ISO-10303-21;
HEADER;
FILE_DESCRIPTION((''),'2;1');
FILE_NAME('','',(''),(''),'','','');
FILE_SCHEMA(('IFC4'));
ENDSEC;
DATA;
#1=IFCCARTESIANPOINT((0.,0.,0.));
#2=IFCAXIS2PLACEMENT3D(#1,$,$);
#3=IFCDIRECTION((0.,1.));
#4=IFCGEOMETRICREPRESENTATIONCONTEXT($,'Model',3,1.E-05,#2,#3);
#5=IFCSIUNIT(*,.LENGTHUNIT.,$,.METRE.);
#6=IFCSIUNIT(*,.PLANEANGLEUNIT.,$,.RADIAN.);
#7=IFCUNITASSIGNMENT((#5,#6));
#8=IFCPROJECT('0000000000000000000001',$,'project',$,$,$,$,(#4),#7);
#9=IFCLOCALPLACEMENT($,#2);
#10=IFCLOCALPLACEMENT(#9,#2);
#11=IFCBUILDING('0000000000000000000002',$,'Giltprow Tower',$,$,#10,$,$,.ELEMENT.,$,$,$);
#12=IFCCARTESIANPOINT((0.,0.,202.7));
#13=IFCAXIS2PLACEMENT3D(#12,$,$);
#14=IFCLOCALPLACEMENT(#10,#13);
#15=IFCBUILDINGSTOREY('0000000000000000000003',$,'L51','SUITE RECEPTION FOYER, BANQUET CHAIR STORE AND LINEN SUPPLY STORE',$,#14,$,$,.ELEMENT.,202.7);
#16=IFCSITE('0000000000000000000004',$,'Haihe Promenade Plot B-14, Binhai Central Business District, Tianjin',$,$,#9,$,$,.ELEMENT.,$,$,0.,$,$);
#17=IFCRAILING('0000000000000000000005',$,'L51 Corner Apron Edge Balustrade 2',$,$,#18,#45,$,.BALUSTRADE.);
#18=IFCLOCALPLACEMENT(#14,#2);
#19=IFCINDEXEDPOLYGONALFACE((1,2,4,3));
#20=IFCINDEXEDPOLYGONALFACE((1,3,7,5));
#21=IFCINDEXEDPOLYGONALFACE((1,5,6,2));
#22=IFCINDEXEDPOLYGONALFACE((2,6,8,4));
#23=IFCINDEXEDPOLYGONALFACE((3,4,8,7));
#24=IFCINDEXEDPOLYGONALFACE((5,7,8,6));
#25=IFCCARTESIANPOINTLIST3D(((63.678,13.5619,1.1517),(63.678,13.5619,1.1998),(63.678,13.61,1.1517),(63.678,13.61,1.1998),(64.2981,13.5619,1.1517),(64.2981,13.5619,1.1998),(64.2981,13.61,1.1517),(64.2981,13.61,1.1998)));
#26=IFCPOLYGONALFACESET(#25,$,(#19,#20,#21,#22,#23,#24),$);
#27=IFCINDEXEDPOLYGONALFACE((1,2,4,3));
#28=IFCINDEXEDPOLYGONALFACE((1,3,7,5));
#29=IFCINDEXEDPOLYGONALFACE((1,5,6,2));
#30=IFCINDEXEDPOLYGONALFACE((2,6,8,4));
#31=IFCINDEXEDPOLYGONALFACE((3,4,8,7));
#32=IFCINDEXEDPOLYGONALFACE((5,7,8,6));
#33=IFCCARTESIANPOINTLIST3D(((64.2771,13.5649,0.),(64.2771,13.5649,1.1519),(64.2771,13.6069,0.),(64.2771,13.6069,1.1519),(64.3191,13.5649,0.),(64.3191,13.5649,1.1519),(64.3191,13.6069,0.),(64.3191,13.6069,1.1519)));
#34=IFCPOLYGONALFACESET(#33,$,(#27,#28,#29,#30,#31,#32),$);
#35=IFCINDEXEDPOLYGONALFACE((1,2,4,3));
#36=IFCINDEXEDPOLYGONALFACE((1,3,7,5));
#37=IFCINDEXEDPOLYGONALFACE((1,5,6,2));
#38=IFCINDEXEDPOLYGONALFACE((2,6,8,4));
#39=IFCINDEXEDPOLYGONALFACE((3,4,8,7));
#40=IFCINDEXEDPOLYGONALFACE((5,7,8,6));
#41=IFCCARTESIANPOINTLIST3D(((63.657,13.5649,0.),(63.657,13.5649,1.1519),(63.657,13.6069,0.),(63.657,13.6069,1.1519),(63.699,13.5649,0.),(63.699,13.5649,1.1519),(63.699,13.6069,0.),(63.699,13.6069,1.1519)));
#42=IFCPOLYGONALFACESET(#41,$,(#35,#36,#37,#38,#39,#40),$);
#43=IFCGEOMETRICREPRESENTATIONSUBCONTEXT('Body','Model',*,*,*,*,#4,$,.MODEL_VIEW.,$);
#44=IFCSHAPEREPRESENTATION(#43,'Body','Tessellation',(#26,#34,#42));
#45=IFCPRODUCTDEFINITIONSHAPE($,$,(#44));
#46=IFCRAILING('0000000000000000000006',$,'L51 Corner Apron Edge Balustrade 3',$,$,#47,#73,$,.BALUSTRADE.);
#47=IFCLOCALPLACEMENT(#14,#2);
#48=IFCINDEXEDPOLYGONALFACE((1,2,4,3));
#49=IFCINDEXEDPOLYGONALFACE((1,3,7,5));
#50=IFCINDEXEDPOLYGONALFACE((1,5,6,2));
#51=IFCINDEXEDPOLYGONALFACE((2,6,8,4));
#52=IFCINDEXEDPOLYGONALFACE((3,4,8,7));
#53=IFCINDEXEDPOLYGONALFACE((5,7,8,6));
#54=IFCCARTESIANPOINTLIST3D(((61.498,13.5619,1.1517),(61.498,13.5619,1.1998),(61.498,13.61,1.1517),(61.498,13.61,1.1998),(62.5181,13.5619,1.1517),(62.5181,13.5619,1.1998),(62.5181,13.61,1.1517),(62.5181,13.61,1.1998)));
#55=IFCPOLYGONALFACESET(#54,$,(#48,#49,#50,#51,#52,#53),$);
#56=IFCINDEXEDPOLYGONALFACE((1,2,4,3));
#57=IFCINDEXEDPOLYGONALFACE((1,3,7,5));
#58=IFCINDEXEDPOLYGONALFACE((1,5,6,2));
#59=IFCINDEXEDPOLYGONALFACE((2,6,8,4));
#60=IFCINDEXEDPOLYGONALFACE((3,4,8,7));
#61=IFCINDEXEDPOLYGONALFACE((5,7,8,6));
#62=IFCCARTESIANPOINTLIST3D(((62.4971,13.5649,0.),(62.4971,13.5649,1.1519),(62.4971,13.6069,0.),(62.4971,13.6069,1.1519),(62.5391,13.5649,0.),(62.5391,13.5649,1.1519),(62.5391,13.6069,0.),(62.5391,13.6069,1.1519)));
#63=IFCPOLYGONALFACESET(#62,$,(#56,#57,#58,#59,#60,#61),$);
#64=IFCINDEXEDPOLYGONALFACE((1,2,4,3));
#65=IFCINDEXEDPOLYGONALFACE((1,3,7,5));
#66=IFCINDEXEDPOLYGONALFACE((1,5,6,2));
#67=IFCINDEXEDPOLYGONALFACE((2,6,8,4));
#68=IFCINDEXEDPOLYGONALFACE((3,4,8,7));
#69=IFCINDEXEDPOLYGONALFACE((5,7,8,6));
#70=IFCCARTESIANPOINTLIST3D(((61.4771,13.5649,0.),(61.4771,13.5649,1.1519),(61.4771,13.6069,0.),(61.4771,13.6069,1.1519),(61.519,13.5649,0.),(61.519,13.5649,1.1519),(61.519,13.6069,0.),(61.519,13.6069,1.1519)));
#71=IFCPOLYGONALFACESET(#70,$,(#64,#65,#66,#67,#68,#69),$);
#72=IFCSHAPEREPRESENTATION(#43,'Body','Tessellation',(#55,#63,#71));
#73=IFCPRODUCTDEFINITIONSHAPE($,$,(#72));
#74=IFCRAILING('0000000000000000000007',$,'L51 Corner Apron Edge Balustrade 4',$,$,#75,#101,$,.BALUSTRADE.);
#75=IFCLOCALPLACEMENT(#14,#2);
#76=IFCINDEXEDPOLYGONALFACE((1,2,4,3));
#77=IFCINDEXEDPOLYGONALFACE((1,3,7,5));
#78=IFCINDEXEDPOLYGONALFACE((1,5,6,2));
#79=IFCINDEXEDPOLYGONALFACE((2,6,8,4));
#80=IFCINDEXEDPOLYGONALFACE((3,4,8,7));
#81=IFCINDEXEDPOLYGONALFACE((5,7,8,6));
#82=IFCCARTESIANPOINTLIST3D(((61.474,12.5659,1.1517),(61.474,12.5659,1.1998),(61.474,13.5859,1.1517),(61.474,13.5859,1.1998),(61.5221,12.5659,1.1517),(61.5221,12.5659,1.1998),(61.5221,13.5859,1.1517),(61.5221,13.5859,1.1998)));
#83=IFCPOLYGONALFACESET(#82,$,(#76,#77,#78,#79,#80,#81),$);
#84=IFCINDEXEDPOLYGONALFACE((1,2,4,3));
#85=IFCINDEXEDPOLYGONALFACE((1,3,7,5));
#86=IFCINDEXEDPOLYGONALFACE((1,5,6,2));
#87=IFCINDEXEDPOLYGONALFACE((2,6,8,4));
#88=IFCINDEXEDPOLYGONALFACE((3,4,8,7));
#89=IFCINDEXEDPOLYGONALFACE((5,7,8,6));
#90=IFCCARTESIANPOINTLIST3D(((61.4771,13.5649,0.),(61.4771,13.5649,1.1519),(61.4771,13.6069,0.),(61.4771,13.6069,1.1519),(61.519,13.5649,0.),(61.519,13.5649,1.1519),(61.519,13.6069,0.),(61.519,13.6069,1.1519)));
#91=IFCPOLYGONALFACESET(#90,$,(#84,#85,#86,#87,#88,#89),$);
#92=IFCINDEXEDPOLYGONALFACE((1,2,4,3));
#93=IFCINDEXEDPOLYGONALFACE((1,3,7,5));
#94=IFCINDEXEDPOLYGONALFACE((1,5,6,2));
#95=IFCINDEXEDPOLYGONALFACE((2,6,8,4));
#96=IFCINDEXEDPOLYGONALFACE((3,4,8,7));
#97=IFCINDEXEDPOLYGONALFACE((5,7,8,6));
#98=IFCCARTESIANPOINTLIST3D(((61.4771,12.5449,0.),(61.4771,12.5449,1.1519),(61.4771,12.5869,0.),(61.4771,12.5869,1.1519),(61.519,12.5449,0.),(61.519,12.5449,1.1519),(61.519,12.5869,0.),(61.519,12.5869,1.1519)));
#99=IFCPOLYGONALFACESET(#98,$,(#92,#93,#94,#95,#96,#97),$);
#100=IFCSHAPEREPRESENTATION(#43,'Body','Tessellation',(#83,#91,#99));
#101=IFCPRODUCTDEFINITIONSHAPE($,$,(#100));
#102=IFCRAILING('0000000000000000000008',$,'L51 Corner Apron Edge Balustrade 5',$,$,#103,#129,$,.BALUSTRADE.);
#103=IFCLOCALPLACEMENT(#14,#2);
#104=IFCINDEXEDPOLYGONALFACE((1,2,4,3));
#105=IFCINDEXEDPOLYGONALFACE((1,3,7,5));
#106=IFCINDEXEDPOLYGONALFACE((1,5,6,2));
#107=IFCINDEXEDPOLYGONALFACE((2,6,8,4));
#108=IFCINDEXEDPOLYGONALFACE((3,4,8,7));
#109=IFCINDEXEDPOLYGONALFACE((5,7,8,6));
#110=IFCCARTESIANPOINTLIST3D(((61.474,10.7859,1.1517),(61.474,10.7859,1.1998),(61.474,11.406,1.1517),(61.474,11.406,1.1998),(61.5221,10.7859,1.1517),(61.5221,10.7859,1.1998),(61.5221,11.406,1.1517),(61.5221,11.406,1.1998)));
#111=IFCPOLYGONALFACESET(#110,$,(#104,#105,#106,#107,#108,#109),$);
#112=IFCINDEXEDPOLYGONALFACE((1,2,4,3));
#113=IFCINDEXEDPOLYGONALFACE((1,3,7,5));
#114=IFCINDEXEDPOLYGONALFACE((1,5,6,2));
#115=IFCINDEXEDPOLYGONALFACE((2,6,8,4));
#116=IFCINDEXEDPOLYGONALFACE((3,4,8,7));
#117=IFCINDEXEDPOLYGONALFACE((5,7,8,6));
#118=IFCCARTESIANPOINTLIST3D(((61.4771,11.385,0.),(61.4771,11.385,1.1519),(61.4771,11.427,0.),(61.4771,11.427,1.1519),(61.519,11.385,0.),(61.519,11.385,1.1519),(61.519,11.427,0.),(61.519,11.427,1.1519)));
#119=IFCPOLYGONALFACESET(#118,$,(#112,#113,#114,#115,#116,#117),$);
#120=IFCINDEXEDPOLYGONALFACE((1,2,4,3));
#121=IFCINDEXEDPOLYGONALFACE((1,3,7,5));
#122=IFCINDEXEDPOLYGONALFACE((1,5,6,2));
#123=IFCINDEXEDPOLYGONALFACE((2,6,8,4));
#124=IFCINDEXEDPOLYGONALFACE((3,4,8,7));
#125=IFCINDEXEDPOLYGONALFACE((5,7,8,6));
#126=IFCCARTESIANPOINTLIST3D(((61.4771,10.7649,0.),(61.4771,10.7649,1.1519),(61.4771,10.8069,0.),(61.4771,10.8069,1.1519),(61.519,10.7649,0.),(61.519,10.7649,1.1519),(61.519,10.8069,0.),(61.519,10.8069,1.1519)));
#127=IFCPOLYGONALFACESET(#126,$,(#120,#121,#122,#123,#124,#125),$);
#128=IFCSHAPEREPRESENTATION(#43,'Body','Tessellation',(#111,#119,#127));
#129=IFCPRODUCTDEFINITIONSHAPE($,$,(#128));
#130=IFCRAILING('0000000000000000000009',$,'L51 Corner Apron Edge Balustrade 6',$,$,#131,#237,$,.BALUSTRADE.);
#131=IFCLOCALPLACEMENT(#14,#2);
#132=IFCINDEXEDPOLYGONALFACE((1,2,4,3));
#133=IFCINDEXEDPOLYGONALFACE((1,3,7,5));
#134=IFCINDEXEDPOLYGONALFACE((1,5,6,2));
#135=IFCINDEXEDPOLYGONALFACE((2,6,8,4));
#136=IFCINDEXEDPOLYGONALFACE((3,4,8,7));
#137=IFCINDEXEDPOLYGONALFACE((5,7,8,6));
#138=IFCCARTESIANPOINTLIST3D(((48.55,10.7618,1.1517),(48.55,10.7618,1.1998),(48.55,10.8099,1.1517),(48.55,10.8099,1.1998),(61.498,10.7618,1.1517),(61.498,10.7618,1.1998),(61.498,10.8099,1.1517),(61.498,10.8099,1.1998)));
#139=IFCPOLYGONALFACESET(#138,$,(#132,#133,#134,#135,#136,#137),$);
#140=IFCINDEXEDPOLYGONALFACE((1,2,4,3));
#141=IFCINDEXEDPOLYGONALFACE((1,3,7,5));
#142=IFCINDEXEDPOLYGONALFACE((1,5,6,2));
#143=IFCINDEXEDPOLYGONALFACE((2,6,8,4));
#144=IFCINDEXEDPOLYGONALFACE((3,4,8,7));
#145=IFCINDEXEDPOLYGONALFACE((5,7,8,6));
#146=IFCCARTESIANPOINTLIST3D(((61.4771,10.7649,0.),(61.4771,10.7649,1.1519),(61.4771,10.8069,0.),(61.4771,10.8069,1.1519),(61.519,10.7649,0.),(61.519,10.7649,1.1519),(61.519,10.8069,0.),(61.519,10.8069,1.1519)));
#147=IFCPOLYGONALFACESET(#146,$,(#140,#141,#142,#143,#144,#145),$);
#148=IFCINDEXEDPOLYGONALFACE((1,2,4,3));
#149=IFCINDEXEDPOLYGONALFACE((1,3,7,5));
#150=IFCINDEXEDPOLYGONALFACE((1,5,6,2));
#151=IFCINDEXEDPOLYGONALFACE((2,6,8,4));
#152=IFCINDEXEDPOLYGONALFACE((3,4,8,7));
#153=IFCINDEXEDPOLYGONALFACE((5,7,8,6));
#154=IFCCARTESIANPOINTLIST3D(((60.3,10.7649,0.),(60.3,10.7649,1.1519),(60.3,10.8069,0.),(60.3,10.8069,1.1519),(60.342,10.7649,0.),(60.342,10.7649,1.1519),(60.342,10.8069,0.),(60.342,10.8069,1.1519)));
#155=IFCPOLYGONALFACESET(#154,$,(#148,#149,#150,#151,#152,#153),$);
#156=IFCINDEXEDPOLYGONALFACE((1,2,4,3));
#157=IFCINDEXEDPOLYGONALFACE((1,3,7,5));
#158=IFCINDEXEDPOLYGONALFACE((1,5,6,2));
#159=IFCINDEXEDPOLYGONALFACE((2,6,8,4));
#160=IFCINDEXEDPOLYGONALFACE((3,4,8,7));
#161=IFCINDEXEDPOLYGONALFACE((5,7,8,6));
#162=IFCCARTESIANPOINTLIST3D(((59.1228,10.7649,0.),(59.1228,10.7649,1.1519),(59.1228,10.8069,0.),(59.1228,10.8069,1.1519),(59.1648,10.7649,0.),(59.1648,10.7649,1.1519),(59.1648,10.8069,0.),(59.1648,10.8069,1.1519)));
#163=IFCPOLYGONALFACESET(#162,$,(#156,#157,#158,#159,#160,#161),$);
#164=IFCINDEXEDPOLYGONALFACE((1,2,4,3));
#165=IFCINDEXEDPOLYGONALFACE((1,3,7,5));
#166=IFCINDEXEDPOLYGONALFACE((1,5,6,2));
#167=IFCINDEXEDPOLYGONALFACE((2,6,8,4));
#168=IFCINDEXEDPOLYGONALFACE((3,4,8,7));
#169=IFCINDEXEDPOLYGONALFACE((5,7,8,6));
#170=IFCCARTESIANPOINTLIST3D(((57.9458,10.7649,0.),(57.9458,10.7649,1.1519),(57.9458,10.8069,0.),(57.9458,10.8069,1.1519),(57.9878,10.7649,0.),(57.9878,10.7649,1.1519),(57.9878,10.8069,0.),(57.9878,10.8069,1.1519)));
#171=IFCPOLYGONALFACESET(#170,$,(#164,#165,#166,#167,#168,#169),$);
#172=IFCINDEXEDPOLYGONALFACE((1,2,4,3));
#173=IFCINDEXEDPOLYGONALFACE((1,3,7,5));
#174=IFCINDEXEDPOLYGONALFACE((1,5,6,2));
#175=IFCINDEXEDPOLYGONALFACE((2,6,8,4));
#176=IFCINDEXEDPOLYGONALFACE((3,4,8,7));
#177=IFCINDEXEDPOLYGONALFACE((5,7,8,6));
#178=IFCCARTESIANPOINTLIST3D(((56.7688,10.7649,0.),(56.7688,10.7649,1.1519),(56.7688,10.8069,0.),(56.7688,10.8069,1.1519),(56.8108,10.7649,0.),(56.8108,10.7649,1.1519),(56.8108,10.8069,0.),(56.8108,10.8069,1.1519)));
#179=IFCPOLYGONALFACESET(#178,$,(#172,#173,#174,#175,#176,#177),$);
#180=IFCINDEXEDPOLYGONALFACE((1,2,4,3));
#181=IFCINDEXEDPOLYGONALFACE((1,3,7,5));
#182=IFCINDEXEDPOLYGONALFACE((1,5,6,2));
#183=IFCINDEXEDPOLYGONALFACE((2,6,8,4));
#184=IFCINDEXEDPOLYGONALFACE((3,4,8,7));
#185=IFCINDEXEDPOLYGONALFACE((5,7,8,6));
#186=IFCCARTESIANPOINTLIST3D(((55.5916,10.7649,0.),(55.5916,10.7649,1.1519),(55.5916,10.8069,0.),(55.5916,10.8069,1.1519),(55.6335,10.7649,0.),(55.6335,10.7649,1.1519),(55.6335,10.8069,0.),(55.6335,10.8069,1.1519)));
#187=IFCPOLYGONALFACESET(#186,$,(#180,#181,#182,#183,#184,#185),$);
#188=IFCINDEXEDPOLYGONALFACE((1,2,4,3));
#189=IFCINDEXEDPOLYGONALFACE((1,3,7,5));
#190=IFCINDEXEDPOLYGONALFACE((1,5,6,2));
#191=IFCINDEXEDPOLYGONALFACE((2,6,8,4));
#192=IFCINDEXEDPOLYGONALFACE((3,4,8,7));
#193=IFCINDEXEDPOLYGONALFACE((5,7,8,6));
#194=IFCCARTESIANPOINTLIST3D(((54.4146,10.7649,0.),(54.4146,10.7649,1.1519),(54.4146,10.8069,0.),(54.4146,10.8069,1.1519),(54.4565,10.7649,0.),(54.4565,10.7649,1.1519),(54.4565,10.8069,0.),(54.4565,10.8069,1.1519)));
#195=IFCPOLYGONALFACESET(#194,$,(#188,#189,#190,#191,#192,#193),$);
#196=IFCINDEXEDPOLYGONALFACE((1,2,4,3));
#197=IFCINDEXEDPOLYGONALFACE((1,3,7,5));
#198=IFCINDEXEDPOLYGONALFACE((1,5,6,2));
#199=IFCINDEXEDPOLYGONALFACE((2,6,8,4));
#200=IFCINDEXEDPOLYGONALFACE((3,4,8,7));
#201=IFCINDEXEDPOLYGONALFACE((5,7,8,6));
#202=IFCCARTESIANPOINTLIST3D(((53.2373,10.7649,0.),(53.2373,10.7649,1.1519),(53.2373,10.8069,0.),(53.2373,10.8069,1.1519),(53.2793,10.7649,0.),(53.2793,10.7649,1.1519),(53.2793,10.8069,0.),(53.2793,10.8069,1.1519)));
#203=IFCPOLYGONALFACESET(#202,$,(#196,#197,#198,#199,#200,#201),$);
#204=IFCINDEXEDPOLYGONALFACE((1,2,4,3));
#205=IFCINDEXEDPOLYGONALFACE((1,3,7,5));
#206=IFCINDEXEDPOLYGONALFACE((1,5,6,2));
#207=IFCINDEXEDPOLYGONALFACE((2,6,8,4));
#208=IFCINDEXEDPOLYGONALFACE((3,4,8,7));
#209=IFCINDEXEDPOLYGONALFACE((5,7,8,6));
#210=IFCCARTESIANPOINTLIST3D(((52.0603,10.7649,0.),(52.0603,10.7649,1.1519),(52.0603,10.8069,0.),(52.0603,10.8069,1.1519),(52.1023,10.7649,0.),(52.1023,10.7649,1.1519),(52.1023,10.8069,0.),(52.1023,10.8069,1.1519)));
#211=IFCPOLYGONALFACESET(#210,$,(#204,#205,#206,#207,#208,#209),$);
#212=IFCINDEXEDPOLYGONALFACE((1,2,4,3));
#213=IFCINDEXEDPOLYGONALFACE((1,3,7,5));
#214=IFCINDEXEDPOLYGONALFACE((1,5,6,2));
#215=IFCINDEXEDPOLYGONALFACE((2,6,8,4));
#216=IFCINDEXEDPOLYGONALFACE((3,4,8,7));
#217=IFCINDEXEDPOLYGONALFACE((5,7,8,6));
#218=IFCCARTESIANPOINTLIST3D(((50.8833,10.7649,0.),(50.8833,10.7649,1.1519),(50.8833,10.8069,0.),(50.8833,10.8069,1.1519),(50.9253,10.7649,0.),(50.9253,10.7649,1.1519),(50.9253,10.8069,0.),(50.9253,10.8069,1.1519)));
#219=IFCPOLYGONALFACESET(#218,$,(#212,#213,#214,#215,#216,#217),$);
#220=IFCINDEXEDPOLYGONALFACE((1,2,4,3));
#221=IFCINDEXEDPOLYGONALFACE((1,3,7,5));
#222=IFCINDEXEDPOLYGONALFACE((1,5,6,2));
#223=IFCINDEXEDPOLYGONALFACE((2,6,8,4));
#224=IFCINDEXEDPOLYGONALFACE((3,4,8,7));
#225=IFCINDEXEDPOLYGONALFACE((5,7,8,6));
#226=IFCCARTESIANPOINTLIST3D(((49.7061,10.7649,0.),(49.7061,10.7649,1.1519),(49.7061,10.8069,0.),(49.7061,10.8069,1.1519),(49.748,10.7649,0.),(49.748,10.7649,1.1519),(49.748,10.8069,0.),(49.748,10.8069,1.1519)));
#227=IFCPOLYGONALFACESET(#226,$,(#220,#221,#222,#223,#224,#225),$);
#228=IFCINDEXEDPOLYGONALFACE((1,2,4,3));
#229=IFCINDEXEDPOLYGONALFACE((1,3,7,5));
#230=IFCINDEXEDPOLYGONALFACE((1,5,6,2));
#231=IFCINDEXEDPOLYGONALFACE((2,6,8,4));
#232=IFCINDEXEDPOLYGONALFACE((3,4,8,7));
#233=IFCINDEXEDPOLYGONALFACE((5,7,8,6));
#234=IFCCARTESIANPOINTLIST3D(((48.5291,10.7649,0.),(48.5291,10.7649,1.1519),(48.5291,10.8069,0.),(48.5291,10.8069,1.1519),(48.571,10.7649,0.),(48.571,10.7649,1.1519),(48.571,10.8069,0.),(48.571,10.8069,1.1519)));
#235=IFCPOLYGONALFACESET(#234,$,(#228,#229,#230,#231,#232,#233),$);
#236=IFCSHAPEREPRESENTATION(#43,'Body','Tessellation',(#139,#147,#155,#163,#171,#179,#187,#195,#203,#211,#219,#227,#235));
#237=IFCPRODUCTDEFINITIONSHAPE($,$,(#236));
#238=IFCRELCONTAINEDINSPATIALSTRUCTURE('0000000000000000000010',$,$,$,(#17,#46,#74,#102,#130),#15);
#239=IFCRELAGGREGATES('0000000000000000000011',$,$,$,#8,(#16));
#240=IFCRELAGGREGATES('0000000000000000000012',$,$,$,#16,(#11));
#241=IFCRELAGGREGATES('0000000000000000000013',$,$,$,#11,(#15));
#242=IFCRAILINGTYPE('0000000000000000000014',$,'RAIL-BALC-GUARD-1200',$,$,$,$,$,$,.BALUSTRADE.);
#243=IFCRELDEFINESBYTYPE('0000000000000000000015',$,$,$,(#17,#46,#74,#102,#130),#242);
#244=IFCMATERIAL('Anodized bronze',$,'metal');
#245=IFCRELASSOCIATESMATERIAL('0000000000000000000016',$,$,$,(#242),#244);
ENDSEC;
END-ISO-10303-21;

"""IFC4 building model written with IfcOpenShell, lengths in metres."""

from ifc_helpers import new_model, si_unit, direction, frame, origin, origin_2d, place, context, subcontext, project, spatial, rectangle, extrude, material, type_object, element, save


model = new_model("IFC4")

# Units and contexts
model_context = context("Model", 3, precision=1e-05, world=origin(), true_north=direction((0.0, 1.0)))
body_context = subcontext(model_context, "Body", "Model", "MODEL_VIEW")
ifc_project = project(units=[si_unit("LENGTHUNIT", "METRE"), si_unit("PLANEANGLEUNIT", "RADIAN")], contexts=[model_context])

# Site, building, storey
site_placement = place(None, origin())
site = spatial("IfcSite", under=ifc_project, at=site_placement, Name="Haihe Promenade Plot B-14, Binhai Central Business District, Tianjin", CompositionType="ELEMENT", RefElevation=0.0)
building_placement = place(site_placement, origin())
building = spatial("IfcBuilding", under=site, at=building_placement, Name="Giltprow Tower", CompositionType="ELEMENT")
storey_placement = place(building_placement, frame((0.0, 0.0, 202.7)))
storey = spatial("IfcBuildingStorey", under=building, at=storey_placement, Name="L51", Description="SUITE RECEPTION FOYER, BANQUET CHAIR STORE AND LINEN SUPPLY STORE", CompositionType="ELEMENT", Elevation=202.7)

# Shared definitions
ifc_material_1 = material(Name="Anodized bronze", Category="metal")

# Railings
railing_type = type_object("IfcRailingType", Name="RAIL-BALC-GUARD-1200", PredefinedType="BALUSTRADE", material=ifc_material_1)
railing_1_placement = place(storey_placement, frame((64.2981, 13.5859, 0.0)))
element("IfcRailing", 1, at=railing_1_placement, inside=storey, type_object=railing_type, Name="L51 Corner Apron Edge Balustrade 2", PredefinedType="BALUSTRADE", context=body_context, shape_type="SweptSolid", body=[
    extrude(rectangle(XDim=0.0481, YDim=0.0481, at=origin_2d()), frame((0.0, 0.0, 1.1758), z_axis=(-1.0, 0.0, 0.0), x_axis=(0.0, -1.0, 0.0)), (0.0, 0.0, 1.0), 0.6201),
    extrude(rectangle(XDim=0.042, YDim=0.042, at=origin_2d()), origin(), (0.0, 0.0, 1.0), 1.1519),
    extrude(rectangle(XDim=0.042, YDim=0.042, at=origin_2d()), frame((-0.6201, 0.0, 0.0)), (0.0, 0.0, 1.0), 1.1519),
])
railing_2_placement = place(storey_placement, frame((62.5181, 13.5859, 0.0)))
element("IfcRailing", 2, at=railing_2_placement, inside=storey, type_object=railing_type, Name="L51 Corner Apron Edge Balustrade 3", PredefinedType="BALUSTRADE", context=body_context, shape_type="SweptSolid", body=[
    extrude(rectangle(XDim=0.0481, YDim=0.0481, at=origin_2d()), frame((0.0, 0.0, 1.1758), z_axis=(-1.0, 0.0, 0.0), x_axis=(0.0, -1.0, 0.0)), (0.0, 0.0, 1.0), 1.02),
    extrude(rectangle(XDim=0.042, YDim=0.042, at=origin_2d()), origin(), (0.0, 0.0, 1.0), 1.1519),
    extrude(rectangle(XDim=0.042, YDim=0.042, at=origin_2d()), frame((-1.02, 0.0, 0.0)), (0.0, 0.0, 1.0), 1.1519),
])
railing_3_placement = place(storey_placement, frame((61.498, 13.5859, 0.0)))
element("IfcRailing", 3, at=railing_3_placement, inside=storey, type_object=railing_type, Name="L51 Corner Apron Edge Balustrade 4", PredefinedType="BALUSTRADE", context=body_context, shape_type="SweptSolid", body=[
    extrude(rectangle(XDim=0.0481, YDim=0.0481, at=origin_2d()), frame((0.0, 0.0, 1.1758), z_axis=(0.0, -1.0, 0.0), x_axis=(1.0, 0.0, 0.0)), (0.0, 0.0, 1.0), 1.02),
    extrude(rectangle(XDim=0.042, YDim=0.042, at=origin_2d()), origin(), (0.0, 0.0, 1.0), 1.1519),
    extrude(rectangle(XDim=0.042, YDim=0.042, at=origin_2d()), frame((0.0, -1.02, 0.0)), (0.0, 0.0, 1.0), 1.1519),
])
railing_4_placement = place(storey_placement, frame((61.498, 11.406, 0.0)))
element("IfcRailing", 4, at=railing_4_placement, inside=storey, type_object=railing_type, Name="L51 Corner Apron Edge Balustrade 5", PredefinedType="BALUSTRADE", context=body_context, shape_type="SweptSolid", body=[
    extrude(rectangle(XDim=0.0481, YDim=0.0481, at=origin_2d()), frame((0.0, 0.0, 1.1758), z_axis=(0.0, -1.0, 0.0), x_axis=(1.0, 0.0, 0.0)), (0.0, 0.0, 1.0), 0.6201),
    extrude(rectangle(XDim=0.042, YDim=0.042, at=origin_2d()), origin(), (0.0, 0.0, 1.0), 1.1519),
    extrude(rectangle(XDim=0.042, YDim=0.042, at=origin_2d()), frame((0.0, -0.6201, 0.0)), (0.0, 0.0, 1.0), 1.1519),
])
railing_5_placement = place(storey_placement, frame((61.498, 10.7859, 0.0)))
element("IfcRailing", 5, at=railing_5_placement, inside=storey, type_object=railing_type, Name="L51 Corner Apron Edge Balustrade 6", PredefinedType="BALUSTRADE", context=body_context, shape_type="SweptSolid", body=[
    extrude(rectangle(XDim=0.0481, YDim=0.0481, at=origin_2d()), frame((0.0, 0.0, 1.1758), z_axis=(-1.0, 0.0, 0.0), x_axis=(0.0, -1.0, 0.0)), (0.0, 0.0, 1.0), 12.948),
    extrude(rectangle(XDim=0.042, YDim=0.042, at=origin_2d()), origin(), (0.0, 0.0, 1.0), 1.1519),
    extrude(rectangle(XDim=0.042, YDim=0.042, at=origin_2d()), frame((-1.177, 0.0, 0.0)), (0.0, 0.0, 1.0), 1.1519),
    extrude(rectangle(XDim=0.042, YDim=0.042, at=origin_2d()), frame((-2.3542, 0.0, 0.0)), (0.0, 0.0, 1.0), 1.1519),
    extrude(rectangle(XDim=0.042, YDim=0.042, at=origin_2d()), frame((-3.5312, 0.0, 0.0)), (0.0, 0.0, 1.0), 1.1519),
    extrude(rectangle(XDim=0.042, YDim=0.042, at=origin_2d()), frame((-4.7083, 0.0, 0.0)), (0.0, 0.0, 1.0), 1.1519),
    extrude(rectangle(XDim=0.042, YDim=0.042, at=origin_2d()), frame((-5.8855, 0.0, 0.0)), (0.0, 0.0, 1.0), 1.1519),
    extrude(rectangle(XDim=0.042, YDim=0.042, at=origin_2d()), frame((-7.0625, 0.0, 0.0)), (0.0, 0.0, 1.0), 1.1519),
    extrude(rectangle(XDim=0.042, YDim=0.042, at=origin_2d()), frame((-8.2397, 0.0, 0.0)), (0.0, 0.0, 1.0), 1.1519),
    extrude(rectangle(XDim=0.042, YDim=0.042, at=origin_2d()), frame((-9.4167, 0.0, 0.0)), (0.0, 0.0, 1.0), 1.1519),
    extrude(rectangle(XDim=0.042, YDim=0.042, at=origin_2d()), frame((-10.5938, 0.0, 0.0)), (0.0, 0.0, 1.0), 1.1519),
    extrude(rectangle(XDim=0.042, YDim=0.042, at=origin_2d()), frame((-11.771, 0.0, 0.0)), (0.0, 0.0, 1.0), 1.1519),
    extrude(rectangle(XDim=0.042, YDim=0.042, at=origin_2d()), frame((-12.948, 0.0, 0.0)), (0.0, 0.0, 1.0), 1.1519),
])

save(model, "model.ifc")
